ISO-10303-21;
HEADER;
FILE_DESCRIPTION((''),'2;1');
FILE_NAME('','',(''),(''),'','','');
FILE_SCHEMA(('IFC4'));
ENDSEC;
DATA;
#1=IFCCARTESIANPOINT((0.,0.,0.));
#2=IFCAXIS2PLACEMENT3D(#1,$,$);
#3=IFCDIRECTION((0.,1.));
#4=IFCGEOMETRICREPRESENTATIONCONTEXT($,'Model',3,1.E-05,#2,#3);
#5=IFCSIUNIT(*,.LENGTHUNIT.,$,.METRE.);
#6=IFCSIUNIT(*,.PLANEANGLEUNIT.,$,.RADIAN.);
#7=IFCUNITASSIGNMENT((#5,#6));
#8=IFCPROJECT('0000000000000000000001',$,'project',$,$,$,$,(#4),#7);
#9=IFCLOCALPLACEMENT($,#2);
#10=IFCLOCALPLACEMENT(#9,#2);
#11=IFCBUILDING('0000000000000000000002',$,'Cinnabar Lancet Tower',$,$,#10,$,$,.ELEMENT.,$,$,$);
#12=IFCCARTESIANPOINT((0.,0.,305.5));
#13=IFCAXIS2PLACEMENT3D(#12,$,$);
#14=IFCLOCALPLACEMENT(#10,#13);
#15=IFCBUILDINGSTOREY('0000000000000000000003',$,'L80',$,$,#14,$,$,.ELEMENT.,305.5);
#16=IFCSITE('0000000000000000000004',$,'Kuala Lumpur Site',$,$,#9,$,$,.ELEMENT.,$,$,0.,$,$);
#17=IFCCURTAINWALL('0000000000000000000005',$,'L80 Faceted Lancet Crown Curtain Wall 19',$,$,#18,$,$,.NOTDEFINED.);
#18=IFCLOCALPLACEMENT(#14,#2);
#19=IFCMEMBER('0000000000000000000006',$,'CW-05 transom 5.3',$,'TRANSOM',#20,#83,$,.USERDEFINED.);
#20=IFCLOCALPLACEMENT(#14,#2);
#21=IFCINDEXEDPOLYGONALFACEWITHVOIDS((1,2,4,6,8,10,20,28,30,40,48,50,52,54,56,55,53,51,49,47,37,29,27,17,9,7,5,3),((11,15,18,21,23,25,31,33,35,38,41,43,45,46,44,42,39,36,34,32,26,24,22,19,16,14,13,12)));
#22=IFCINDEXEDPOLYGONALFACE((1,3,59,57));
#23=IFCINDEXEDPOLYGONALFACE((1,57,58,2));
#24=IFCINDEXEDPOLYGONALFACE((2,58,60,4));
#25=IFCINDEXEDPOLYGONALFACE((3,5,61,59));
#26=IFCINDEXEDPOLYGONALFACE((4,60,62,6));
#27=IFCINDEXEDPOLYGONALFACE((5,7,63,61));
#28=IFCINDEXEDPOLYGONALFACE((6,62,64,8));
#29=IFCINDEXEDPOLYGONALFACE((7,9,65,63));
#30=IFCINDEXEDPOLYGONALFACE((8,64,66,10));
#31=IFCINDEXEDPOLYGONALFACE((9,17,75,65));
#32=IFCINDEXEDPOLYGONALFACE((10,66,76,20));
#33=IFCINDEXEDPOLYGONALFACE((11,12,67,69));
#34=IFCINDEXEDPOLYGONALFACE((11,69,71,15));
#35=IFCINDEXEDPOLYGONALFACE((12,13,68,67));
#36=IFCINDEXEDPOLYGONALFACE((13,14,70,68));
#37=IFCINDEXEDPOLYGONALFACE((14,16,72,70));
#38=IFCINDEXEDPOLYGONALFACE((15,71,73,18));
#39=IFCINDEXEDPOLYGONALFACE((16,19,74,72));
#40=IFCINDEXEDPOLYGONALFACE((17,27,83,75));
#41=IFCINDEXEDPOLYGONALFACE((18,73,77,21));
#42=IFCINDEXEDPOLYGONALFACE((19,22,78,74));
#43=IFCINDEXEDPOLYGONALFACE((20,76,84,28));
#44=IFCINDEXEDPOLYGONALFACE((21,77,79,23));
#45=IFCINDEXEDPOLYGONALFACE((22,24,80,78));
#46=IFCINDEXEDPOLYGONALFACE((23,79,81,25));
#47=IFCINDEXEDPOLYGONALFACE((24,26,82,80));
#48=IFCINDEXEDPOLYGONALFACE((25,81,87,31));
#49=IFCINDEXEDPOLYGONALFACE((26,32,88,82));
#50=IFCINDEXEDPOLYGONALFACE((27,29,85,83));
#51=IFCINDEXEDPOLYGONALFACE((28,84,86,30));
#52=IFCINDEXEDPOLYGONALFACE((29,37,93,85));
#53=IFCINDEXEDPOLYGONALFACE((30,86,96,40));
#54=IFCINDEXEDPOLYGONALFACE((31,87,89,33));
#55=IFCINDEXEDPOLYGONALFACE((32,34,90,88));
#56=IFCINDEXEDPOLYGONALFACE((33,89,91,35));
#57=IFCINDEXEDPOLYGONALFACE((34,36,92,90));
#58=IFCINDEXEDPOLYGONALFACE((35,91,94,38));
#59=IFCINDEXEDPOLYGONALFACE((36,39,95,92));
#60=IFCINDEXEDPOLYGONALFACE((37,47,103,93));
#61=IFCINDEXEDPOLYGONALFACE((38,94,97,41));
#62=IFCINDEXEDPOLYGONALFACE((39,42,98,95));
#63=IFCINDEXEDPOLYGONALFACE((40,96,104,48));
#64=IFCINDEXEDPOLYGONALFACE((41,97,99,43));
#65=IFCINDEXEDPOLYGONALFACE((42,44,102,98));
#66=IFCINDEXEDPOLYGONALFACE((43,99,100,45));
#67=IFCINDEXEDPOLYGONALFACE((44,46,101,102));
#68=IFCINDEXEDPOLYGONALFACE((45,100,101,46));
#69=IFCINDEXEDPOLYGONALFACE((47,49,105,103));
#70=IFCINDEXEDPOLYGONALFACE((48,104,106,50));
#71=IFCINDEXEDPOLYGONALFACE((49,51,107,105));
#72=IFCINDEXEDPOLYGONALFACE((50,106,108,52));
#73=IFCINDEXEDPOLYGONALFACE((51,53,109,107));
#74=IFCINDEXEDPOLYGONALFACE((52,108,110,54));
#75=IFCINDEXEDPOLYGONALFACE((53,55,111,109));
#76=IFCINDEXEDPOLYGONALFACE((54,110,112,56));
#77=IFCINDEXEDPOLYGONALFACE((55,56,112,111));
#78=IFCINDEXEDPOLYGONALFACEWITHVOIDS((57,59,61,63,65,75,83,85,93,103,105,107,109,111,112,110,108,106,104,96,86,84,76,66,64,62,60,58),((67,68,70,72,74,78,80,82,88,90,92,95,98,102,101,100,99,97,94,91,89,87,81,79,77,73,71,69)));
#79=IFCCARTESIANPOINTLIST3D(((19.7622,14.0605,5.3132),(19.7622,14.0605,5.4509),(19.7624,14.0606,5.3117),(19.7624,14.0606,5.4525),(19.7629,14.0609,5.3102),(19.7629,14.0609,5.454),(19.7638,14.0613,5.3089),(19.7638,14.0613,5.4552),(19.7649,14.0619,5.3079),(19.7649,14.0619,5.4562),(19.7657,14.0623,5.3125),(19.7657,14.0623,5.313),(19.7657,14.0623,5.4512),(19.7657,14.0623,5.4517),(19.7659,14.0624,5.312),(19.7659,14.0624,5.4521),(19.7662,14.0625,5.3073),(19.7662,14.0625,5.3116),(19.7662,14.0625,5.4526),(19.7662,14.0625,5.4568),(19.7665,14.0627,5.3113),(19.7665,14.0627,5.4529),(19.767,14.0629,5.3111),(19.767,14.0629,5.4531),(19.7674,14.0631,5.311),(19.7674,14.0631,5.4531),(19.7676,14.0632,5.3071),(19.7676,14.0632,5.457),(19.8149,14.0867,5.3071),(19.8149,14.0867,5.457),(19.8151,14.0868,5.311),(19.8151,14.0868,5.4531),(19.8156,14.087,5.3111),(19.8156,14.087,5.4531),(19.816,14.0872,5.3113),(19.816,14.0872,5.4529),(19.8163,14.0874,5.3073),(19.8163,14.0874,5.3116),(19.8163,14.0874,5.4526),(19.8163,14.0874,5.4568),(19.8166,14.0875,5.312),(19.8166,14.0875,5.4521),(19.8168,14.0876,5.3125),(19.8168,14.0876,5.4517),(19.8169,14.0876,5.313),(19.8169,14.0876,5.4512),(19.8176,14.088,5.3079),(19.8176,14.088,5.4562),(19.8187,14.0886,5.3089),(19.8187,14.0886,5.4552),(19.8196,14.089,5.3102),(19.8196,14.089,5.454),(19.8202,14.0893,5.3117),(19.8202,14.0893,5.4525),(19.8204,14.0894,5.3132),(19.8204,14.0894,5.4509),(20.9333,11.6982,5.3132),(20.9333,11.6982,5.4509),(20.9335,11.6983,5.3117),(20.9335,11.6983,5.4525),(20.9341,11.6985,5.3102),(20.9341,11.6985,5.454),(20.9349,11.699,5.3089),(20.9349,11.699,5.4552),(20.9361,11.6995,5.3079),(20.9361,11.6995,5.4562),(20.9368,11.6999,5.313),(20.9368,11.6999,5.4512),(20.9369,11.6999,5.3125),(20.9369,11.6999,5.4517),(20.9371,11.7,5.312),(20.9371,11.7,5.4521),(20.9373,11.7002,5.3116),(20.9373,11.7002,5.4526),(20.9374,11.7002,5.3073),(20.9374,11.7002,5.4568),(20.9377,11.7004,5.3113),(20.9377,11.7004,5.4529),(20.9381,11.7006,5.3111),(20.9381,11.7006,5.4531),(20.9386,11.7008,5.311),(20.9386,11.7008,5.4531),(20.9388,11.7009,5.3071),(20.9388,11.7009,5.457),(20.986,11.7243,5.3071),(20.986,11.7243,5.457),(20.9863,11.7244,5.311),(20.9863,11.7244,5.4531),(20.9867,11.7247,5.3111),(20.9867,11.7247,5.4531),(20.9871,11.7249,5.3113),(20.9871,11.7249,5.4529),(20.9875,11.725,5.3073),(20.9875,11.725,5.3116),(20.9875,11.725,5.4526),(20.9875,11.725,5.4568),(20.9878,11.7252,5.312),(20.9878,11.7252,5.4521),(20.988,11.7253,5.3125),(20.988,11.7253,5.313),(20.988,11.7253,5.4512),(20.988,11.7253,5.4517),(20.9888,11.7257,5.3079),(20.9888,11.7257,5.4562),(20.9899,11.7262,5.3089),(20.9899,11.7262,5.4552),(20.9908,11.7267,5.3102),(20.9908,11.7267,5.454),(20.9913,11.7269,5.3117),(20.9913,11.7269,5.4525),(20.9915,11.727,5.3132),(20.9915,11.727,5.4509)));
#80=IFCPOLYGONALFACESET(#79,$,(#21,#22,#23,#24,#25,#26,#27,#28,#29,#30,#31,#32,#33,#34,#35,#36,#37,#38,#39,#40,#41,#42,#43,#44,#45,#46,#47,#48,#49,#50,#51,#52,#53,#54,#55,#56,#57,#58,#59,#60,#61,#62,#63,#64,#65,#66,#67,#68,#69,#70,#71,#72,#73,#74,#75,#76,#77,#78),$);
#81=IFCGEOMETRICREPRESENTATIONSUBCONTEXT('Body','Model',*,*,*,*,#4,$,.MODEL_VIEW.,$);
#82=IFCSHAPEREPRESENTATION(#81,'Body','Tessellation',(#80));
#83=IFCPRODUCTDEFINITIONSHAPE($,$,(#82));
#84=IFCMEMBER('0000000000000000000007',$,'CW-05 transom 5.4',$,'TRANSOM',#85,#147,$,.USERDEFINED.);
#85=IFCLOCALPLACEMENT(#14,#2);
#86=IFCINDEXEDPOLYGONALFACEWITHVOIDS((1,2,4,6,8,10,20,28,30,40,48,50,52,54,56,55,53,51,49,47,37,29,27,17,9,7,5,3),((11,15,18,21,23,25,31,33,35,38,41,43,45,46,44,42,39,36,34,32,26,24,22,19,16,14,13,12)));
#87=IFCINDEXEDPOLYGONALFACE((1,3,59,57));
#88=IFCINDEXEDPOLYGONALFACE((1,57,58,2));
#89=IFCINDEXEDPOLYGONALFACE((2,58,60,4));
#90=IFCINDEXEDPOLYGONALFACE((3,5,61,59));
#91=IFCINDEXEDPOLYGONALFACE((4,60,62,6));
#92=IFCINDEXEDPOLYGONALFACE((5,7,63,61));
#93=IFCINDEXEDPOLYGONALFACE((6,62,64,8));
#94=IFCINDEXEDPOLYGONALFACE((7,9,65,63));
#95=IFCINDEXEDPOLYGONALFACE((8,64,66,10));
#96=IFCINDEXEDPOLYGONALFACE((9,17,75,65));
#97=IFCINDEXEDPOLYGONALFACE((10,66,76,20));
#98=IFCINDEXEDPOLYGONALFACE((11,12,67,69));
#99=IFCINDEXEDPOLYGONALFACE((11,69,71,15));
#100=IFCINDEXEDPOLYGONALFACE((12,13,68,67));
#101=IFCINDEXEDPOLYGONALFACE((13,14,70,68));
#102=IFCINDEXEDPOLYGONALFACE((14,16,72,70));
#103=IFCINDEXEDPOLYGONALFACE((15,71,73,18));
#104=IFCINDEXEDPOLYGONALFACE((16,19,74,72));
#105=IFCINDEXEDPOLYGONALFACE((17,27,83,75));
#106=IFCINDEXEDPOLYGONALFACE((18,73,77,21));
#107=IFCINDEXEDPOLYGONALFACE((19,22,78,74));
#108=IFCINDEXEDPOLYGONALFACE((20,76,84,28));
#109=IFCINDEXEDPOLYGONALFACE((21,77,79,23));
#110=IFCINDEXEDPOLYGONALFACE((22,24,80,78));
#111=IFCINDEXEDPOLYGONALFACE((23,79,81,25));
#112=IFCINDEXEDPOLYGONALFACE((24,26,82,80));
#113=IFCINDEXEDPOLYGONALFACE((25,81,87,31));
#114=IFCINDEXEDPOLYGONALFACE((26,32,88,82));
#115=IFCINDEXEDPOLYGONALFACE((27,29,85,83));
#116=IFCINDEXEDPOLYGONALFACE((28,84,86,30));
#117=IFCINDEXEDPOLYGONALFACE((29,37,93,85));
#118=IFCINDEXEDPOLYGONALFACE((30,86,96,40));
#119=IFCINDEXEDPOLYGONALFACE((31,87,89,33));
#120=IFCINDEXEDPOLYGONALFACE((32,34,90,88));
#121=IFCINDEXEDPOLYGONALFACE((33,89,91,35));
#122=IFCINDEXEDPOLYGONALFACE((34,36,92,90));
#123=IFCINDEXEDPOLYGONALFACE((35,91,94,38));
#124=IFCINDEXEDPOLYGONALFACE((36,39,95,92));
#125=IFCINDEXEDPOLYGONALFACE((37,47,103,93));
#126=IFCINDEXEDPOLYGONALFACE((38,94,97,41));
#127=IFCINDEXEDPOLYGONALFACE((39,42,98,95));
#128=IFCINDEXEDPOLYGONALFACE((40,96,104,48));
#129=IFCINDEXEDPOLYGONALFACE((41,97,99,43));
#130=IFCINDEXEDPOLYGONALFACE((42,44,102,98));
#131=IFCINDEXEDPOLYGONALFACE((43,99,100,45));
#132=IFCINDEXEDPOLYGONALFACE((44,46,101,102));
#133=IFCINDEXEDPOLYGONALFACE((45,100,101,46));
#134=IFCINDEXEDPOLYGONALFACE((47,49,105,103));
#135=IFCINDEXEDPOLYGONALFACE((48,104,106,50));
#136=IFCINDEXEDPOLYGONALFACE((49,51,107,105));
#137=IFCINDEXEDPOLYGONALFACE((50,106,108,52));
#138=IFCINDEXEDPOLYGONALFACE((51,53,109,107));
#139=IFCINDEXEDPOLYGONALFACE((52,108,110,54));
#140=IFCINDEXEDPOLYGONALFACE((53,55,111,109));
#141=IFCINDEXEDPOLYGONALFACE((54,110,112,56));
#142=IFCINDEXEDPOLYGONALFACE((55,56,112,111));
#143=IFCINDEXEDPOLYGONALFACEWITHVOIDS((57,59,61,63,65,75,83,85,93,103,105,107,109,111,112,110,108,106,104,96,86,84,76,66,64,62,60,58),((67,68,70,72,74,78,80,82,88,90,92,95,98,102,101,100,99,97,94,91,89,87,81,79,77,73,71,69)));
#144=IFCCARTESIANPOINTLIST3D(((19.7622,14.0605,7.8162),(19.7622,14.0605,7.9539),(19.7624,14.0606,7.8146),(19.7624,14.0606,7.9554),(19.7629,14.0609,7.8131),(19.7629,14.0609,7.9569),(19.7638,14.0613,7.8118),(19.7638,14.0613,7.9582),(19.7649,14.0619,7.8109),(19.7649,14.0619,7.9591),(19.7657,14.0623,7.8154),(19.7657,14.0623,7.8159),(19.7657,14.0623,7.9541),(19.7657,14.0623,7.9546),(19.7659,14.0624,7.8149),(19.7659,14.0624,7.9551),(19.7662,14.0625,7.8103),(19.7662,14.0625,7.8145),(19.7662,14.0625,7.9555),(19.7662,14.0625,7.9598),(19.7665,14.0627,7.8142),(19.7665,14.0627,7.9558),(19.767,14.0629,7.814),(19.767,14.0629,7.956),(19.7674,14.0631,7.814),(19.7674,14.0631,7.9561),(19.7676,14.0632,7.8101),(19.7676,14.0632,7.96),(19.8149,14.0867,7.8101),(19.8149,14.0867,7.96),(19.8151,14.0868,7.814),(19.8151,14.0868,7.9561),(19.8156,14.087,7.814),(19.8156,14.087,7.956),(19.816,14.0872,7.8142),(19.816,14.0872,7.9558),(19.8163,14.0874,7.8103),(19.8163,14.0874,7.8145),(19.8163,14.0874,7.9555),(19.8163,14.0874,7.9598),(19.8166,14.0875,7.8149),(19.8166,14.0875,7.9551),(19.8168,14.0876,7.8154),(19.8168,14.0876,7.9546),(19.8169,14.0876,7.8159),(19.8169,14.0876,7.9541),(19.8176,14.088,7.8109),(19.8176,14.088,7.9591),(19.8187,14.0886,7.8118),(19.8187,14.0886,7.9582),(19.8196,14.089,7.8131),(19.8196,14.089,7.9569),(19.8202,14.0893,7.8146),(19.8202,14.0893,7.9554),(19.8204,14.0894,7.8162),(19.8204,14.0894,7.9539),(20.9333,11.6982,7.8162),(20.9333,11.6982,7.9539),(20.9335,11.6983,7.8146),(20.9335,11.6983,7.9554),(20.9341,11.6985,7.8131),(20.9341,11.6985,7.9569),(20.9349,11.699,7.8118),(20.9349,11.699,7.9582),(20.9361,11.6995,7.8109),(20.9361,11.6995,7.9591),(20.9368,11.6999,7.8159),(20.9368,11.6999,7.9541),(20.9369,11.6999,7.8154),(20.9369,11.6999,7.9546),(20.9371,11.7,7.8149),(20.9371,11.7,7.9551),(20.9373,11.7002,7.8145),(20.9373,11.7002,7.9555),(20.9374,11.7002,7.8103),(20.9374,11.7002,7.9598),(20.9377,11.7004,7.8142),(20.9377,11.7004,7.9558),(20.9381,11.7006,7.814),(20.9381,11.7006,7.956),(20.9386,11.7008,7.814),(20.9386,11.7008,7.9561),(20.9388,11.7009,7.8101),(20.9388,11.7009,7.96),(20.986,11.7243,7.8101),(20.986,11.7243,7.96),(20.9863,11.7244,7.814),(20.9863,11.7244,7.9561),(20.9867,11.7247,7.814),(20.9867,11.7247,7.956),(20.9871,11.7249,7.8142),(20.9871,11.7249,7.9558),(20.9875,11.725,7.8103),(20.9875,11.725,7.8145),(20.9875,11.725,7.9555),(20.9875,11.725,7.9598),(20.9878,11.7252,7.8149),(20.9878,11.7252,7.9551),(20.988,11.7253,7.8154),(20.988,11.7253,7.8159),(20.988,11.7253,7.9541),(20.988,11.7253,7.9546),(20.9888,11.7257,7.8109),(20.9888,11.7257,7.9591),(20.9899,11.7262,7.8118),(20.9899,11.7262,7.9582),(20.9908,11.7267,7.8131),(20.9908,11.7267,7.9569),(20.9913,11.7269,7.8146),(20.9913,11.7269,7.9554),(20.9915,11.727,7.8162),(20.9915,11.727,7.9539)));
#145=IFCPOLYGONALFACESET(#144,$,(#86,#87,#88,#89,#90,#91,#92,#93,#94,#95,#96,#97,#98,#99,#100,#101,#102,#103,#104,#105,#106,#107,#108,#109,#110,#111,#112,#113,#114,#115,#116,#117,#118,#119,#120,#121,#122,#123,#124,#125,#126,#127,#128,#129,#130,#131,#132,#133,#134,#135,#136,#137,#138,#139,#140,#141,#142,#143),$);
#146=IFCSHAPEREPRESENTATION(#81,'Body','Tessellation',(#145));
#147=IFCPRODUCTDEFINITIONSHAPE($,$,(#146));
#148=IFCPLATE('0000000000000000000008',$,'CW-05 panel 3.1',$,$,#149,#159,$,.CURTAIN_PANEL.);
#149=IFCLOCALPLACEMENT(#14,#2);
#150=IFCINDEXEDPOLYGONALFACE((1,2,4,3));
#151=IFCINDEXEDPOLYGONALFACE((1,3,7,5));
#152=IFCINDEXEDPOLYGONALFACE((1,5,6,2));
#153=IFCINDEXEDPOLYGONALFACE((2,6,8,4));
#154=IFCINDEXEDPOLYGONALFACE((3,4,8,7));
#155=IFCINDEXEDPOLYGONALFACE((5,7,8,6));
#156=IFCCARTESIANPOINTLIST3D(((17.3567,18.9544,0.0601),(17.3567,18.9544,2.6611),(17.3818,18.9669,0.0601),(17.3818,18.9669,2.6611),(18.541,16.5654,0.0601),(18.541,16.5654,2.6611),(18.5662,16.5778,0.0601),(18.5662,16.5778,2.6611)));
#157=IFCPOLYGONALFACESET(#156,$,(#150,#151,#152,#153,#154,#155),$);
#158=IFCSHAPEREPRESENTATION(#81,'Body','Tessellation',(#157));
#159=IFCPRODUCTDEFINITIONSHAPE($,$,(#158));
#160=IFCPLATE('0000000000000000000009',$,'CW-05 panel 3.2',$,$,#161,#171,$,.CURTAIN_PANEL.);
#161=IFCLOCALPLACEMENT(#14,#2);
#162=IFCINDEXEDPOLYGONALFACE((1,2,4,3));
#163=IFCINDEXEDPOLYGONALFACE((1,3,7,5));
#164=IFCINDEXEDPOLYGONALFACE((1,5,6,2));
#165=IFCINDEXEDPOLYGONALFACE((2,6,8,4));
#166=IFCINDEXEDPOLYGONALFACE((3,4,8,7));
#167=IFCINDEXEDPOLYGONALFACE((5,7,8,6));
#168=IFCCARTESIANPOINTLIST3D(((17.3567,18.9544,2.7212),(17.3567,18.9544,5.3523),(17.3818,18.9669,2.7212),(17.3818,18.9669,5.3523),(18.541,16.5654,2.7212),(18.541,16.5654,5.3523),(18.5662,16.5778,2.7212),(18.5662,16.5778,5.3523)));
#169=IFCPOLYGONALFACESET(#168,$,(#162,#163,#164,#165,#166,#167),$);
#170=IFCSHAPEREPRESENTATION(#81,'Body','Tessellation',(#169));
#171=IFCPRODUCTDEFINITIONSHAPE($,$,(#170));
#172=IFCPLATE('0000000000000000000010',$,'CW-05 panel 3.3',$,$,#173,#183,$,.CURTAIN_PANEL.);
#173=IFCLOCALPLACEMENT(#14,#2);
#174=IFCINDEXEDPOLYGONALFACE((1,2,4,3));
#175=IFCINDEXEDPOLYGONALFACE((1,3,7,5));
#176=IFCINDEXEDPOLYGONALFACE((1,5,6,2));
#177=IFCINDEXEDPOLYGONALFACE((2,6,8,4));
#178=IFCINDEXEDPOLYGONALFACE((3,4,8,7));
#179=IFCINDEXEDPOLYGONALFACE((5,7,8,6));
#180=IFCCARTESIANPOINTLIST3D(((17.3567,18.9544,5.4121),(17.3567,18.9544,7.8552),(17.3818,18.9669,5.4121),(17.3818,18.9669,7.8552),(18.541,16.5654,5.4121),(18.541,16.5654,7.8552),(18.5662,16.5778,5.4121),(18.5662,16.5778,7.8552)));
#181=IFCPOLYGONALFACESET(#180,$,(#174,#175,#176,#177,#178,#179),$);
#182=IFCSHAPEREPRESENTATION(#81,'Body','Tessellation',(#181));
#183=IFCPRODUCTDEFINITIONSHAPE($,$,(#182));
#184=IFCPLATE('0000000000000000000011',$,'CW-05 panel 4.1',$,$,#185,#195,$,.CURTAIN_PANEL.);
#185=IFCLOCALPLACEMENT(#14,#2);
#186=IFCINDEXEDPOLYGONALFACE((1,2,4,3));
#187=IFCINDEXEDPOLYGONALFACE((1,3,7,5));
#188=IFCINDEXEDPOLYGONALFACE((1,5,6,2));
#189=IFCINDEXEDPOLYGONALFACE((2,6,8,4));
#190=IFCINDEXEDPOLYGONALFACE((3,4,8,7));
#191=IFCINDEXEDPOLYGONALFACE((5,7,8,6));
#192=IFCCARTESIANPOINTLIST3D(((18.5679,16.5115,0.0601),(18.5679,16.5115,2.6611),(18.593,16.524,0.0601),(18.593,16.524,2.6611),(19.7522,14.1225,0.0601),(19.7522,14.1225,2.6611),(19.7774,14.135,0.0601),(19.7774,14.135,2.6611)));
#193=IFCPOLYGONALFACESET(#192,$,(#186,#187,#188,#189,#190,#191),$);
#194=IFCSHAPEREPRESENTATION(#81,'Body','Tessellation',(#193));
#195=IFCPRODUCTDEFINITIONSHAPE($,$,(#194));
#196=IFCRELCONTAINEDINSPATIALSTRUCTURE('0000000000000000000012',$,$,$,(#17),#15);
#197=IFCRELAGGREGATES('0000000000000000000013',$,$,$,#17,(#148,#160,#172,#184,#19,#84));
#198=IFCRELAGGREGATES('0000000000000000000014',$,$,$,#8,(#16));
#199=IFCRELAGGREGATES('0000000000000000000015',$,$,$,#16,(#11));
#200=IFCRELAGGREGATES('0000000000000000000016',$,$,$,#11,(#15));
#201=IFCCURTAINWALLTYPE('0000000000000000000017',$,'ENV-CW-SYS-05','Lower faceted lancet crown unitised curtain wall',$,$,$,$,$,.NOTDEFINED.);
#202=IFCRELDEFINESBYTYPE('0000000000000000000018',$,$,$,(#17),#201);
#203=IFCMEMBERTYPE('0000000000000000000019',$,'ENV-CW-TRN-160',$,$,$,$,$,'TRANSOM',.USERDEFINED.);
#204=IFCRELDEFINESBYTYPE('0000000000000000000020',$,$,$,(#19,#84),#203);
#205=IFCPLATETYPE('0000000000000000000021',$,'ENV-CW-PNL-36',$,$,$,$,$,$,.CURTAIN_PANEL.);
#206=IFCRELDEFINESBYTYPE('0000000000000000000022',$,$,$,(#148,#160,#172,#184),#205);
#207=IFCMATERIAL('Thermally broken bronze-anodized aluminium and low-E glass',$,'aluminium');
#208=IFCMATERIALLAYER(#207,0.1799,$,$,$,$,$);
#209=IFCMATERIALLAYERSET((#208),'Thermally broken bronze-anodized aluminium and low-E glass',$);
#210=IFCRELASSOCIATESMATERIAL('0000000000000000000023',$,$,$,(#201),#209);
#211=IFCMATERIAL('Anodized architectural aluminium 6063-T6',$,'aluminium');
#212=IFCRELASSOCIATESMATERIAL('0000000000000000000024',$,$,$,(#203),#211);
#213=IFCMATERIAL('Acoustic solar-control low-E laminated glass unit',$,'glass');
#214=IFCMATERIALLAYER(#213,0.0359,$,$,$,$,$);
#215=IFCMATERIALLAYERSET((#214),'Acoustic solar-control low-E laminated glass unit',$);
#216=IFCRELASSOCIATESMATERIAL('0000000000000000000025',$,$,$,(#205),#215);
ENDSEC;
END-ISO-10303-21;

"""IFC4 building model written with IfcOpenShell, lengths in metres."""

from ifc_helpers import new_model, si_unit, direction, frame, origin, origin_2d, place, context, subcontext, project, spatial, rectangle, hollow_rectangle, extrude, material, layer, layer_set, material_profile, profile_set, type_object, element, aggregate, save


model = new_model("IFC4")

# Units and contexts
model_context = context("Model", 3, precision=1e-05, world=origin(), true_north=direction((0.0, 1.0)))
body_context = subcontext(model_context, "Body", "Model", "MODEL_VIEW")
ifc_project = project(units=[si_unit("LENGTHUNIT", "METRE"), si_unit("PLANEANGLEUNIT", "RADIAN")], contexts=[model_context])

# Site, building, storey
site_placement = place(None, origin())
site = spatial("IfcSite", under=ifc_project, at=site_placement, Name="Kuala Lumpur Site", CompositionType="ELEMENT", RefElevation=0.0)
building_placement = place(site_placement, origin())
building = spatial("IfcBuilding", under=site, at=building_placement, Name="Cinnabar Lancet Tower", CompositionType="ELEMENT")
storey_placement = place(building_placement, frame((0.0, 0.0, 305.5)))
storey = spatial("IfcBuildingStorey", under=building, at=storey_placement, Name="L80", CompositionType="ELEMENT", Elevation=305.5)

# Curtain wall
ifc_material_1 = material(Name="Thermally broken bronze-anodized aluminium and low-E glass", Category="aluminium")
ifc_layer_1 = layer(ifc_material_1, 0.1799)
ifc_layer_set_1 = layer_set([ifc_layer_1], Name="Thermally broken bronze-anodized aluminium and low-E glass")
curtain_wall_type = type_object("IfcCurtainWallType", Name="ENV-CW-SYS-05", Description="Lower faceted lancet crown unitised curtain wall", PredefinedType="NOTDEFINED", material=ifc_layer_set_1)
curtain_wall_1_placement = place(storey_placement, origin())
curtain_wall_1 = element("IfcCurtainWall", 1, at=curtain_wall_1_placement, inside=storey, type_object=curtain_wall_type, Name="L80 Faceted Lancet Crown Curtain Wall 19", PredefinedType="NOTDEFINED")

# Members
ifc_material_2 = material(Name="Anodized architectural aluminium 6063-T6", Category="aluminium")
ifc_material_profile_1 = material_profile(ifc_material_2, hollow_rectangle(XDim=0.0649, YDim=0.1499, WallThickness=0.0039, InnerFilletRadius=0.002, OuterFilletRadius=0.0061, at=origin_2d()), Name="CW-TRN 150x65x4")
ifc_profile_set_1 = profile_set([ifc_material_profile_1], Name="Anodized architectural aluminium 6063-T6")
member_type_1 = type_object("IfcMemberType", Name="ENV-CW-TRN-160", ElementType="TRANSOM", PredefinedType="USERDEFINED", material=ifc_profile_set_1)
member_1_placement = place(storey_placement, frame((19.7913, 14.075, 5.3821), z_axis=(0.444174, -0.895941, 0.0), x_axis=(0.895941, 0.444174, 0.0)))
member_1 = element("IfcMember", 2, at=member_1_placement, type_object=member_type_1, Name="CW-05 transom 5.3", ObjectType="TRANSOM", PredefinedType="USERDEFINED", context=body_context, shape_type="SweptSolid", body=[
    extrude(hollow_rectangle(XDim=0.0649, YDim=0.1499, WallThickness=0.0039, InnerFilletRadius=0.002, OuterFilletRadius=0.0061, at=origin_2d()), origin(), (0.0, 0.0, 1.0), 2.6367),
])
member_2_placement = place(storey_placement, frame((19.7913, 14.075, 7.885), z_axis=(0.444174, -0.895941, 0.0), x_axis=(0.895941, 0.444174, 0.0)))
member_2 = element("IfcMember", 3, at=member_2_placement, type_object=member_type_1, Name="CW-05 transom 5.4", ObjectType="TRANSOM", PredefinedType="USERDEFINED", context=body_context, shape_type="SweptSolid", body=[
    extrude(hollow_rectangle(XDim=0.0649, YDim=0.1499, WallThickness=0.0039, InnerFilletRadius=0.002, OuterFilletRadius=0.0061, at=origin_2d()), origin(), (0.0, 0.0, 1.0), 2.6367),
])

# Plates
ifc_material_3 = material(Name="Acoustic solar-control low-E laminated glass unit", Category="glass")
ifc_layer_2 = layer(ifc_material_3, 0.0359)
ifc_layer_set_2 = layer_set([ifc_layer_2], Name="Acoustic solar-control low-E laminated glass unit")
plate_type_1 = type_object("IfcPlateType", Name="ENV-CW-PNL-36", PredefinedType="CURTAIN_PANEL", material=ifc_layer_set_2)
plate_1_placement = place(storey_placement, frame((17.9614, 17.7661, 0.0601), z_axis=(0.0, 0.0, 1.0), x_axis=(0.444159, -0.895948, 0.0)))
plate_1 = element("IfcPlate", 4, at=plate_1_placement, type_object=plate_type_1, Name="CW-05 panel 3.1", PredefinedType="CURTAIN_PANEL", context=body_context, shape_type="SweptSolid", body=[
    extrude(rectangle(XDim=2.6665, YDim=0.0281, at=origin_2d()), origin(), (0.0, 0.0, 1.0), 2.6011),
])
plate_2_placement = place(storey_placement, frame((17.9614, 17.7661, 2.7212), z_axis=(0.0, 0.0, 1.0), x_axis=(0.444159, -0.895948, 0.0)))
plate_2 = element("IfcPlate", 5, at=plate_2_placement, type_object=plate_type_1, Name="CW-05 panel 3.2", PredefinedType="CURTAIN_PANEL", context=body_context, shape_type="SweptSolid", body=[
    extrude(rectangle(XDim=2.6665, YDim=0.0281, at=origin_2d()), origin(), (0.0, 0.0, 1.0), 2.6311),
])
plate_3_placement = place(storey_placement, frame((17.9614, 17.7661, 5.4121), z_axis=(0.0, 0.0, 1.0), x_axis=(0.444159, -0.895948, 0.0)))
plate_3 = element("IfcPlate", 6, at=plate_3_placement, type_object=plate_type_1, Name="CW-05 panel 3.3", PredefinedType="CURTAIN_PANEL", context=body_context, shape_type="SweptSolid", body=[
    extrude(rectangle(XDim=2.6665, YDim=0.0281, at=origin_2d()), origin(), (0.0, 0.0, 1.0), 2.4431),
])
plate_4_placement = place(storey_placement, frame((19.1726, 15.3232, 0.0601), z_axis=(0.0, 0.0, 1.0), x_axis=(0.444159, -0.895948, 0.0)))
plate_4 = element("IfcPlate", 7, at=plate_4_placement, type_object=plate_type_1, Name="CW-05 panel 4.1", PredefinedType="CURTAIN_PANEL", context=body_context, shape_type="SweptSolid", body=[
    extrude(rectangle(XDim=2.6665, YDim=0.0281, at=origin_2d()), origin(), (0.0, 0.0, 1.0), 2.6011),
])
aggregate(curtain_wall_1, [plate_1, plate_2, plate_3, plate_4, member_1, member_2])

save(model, "model.ifc")
